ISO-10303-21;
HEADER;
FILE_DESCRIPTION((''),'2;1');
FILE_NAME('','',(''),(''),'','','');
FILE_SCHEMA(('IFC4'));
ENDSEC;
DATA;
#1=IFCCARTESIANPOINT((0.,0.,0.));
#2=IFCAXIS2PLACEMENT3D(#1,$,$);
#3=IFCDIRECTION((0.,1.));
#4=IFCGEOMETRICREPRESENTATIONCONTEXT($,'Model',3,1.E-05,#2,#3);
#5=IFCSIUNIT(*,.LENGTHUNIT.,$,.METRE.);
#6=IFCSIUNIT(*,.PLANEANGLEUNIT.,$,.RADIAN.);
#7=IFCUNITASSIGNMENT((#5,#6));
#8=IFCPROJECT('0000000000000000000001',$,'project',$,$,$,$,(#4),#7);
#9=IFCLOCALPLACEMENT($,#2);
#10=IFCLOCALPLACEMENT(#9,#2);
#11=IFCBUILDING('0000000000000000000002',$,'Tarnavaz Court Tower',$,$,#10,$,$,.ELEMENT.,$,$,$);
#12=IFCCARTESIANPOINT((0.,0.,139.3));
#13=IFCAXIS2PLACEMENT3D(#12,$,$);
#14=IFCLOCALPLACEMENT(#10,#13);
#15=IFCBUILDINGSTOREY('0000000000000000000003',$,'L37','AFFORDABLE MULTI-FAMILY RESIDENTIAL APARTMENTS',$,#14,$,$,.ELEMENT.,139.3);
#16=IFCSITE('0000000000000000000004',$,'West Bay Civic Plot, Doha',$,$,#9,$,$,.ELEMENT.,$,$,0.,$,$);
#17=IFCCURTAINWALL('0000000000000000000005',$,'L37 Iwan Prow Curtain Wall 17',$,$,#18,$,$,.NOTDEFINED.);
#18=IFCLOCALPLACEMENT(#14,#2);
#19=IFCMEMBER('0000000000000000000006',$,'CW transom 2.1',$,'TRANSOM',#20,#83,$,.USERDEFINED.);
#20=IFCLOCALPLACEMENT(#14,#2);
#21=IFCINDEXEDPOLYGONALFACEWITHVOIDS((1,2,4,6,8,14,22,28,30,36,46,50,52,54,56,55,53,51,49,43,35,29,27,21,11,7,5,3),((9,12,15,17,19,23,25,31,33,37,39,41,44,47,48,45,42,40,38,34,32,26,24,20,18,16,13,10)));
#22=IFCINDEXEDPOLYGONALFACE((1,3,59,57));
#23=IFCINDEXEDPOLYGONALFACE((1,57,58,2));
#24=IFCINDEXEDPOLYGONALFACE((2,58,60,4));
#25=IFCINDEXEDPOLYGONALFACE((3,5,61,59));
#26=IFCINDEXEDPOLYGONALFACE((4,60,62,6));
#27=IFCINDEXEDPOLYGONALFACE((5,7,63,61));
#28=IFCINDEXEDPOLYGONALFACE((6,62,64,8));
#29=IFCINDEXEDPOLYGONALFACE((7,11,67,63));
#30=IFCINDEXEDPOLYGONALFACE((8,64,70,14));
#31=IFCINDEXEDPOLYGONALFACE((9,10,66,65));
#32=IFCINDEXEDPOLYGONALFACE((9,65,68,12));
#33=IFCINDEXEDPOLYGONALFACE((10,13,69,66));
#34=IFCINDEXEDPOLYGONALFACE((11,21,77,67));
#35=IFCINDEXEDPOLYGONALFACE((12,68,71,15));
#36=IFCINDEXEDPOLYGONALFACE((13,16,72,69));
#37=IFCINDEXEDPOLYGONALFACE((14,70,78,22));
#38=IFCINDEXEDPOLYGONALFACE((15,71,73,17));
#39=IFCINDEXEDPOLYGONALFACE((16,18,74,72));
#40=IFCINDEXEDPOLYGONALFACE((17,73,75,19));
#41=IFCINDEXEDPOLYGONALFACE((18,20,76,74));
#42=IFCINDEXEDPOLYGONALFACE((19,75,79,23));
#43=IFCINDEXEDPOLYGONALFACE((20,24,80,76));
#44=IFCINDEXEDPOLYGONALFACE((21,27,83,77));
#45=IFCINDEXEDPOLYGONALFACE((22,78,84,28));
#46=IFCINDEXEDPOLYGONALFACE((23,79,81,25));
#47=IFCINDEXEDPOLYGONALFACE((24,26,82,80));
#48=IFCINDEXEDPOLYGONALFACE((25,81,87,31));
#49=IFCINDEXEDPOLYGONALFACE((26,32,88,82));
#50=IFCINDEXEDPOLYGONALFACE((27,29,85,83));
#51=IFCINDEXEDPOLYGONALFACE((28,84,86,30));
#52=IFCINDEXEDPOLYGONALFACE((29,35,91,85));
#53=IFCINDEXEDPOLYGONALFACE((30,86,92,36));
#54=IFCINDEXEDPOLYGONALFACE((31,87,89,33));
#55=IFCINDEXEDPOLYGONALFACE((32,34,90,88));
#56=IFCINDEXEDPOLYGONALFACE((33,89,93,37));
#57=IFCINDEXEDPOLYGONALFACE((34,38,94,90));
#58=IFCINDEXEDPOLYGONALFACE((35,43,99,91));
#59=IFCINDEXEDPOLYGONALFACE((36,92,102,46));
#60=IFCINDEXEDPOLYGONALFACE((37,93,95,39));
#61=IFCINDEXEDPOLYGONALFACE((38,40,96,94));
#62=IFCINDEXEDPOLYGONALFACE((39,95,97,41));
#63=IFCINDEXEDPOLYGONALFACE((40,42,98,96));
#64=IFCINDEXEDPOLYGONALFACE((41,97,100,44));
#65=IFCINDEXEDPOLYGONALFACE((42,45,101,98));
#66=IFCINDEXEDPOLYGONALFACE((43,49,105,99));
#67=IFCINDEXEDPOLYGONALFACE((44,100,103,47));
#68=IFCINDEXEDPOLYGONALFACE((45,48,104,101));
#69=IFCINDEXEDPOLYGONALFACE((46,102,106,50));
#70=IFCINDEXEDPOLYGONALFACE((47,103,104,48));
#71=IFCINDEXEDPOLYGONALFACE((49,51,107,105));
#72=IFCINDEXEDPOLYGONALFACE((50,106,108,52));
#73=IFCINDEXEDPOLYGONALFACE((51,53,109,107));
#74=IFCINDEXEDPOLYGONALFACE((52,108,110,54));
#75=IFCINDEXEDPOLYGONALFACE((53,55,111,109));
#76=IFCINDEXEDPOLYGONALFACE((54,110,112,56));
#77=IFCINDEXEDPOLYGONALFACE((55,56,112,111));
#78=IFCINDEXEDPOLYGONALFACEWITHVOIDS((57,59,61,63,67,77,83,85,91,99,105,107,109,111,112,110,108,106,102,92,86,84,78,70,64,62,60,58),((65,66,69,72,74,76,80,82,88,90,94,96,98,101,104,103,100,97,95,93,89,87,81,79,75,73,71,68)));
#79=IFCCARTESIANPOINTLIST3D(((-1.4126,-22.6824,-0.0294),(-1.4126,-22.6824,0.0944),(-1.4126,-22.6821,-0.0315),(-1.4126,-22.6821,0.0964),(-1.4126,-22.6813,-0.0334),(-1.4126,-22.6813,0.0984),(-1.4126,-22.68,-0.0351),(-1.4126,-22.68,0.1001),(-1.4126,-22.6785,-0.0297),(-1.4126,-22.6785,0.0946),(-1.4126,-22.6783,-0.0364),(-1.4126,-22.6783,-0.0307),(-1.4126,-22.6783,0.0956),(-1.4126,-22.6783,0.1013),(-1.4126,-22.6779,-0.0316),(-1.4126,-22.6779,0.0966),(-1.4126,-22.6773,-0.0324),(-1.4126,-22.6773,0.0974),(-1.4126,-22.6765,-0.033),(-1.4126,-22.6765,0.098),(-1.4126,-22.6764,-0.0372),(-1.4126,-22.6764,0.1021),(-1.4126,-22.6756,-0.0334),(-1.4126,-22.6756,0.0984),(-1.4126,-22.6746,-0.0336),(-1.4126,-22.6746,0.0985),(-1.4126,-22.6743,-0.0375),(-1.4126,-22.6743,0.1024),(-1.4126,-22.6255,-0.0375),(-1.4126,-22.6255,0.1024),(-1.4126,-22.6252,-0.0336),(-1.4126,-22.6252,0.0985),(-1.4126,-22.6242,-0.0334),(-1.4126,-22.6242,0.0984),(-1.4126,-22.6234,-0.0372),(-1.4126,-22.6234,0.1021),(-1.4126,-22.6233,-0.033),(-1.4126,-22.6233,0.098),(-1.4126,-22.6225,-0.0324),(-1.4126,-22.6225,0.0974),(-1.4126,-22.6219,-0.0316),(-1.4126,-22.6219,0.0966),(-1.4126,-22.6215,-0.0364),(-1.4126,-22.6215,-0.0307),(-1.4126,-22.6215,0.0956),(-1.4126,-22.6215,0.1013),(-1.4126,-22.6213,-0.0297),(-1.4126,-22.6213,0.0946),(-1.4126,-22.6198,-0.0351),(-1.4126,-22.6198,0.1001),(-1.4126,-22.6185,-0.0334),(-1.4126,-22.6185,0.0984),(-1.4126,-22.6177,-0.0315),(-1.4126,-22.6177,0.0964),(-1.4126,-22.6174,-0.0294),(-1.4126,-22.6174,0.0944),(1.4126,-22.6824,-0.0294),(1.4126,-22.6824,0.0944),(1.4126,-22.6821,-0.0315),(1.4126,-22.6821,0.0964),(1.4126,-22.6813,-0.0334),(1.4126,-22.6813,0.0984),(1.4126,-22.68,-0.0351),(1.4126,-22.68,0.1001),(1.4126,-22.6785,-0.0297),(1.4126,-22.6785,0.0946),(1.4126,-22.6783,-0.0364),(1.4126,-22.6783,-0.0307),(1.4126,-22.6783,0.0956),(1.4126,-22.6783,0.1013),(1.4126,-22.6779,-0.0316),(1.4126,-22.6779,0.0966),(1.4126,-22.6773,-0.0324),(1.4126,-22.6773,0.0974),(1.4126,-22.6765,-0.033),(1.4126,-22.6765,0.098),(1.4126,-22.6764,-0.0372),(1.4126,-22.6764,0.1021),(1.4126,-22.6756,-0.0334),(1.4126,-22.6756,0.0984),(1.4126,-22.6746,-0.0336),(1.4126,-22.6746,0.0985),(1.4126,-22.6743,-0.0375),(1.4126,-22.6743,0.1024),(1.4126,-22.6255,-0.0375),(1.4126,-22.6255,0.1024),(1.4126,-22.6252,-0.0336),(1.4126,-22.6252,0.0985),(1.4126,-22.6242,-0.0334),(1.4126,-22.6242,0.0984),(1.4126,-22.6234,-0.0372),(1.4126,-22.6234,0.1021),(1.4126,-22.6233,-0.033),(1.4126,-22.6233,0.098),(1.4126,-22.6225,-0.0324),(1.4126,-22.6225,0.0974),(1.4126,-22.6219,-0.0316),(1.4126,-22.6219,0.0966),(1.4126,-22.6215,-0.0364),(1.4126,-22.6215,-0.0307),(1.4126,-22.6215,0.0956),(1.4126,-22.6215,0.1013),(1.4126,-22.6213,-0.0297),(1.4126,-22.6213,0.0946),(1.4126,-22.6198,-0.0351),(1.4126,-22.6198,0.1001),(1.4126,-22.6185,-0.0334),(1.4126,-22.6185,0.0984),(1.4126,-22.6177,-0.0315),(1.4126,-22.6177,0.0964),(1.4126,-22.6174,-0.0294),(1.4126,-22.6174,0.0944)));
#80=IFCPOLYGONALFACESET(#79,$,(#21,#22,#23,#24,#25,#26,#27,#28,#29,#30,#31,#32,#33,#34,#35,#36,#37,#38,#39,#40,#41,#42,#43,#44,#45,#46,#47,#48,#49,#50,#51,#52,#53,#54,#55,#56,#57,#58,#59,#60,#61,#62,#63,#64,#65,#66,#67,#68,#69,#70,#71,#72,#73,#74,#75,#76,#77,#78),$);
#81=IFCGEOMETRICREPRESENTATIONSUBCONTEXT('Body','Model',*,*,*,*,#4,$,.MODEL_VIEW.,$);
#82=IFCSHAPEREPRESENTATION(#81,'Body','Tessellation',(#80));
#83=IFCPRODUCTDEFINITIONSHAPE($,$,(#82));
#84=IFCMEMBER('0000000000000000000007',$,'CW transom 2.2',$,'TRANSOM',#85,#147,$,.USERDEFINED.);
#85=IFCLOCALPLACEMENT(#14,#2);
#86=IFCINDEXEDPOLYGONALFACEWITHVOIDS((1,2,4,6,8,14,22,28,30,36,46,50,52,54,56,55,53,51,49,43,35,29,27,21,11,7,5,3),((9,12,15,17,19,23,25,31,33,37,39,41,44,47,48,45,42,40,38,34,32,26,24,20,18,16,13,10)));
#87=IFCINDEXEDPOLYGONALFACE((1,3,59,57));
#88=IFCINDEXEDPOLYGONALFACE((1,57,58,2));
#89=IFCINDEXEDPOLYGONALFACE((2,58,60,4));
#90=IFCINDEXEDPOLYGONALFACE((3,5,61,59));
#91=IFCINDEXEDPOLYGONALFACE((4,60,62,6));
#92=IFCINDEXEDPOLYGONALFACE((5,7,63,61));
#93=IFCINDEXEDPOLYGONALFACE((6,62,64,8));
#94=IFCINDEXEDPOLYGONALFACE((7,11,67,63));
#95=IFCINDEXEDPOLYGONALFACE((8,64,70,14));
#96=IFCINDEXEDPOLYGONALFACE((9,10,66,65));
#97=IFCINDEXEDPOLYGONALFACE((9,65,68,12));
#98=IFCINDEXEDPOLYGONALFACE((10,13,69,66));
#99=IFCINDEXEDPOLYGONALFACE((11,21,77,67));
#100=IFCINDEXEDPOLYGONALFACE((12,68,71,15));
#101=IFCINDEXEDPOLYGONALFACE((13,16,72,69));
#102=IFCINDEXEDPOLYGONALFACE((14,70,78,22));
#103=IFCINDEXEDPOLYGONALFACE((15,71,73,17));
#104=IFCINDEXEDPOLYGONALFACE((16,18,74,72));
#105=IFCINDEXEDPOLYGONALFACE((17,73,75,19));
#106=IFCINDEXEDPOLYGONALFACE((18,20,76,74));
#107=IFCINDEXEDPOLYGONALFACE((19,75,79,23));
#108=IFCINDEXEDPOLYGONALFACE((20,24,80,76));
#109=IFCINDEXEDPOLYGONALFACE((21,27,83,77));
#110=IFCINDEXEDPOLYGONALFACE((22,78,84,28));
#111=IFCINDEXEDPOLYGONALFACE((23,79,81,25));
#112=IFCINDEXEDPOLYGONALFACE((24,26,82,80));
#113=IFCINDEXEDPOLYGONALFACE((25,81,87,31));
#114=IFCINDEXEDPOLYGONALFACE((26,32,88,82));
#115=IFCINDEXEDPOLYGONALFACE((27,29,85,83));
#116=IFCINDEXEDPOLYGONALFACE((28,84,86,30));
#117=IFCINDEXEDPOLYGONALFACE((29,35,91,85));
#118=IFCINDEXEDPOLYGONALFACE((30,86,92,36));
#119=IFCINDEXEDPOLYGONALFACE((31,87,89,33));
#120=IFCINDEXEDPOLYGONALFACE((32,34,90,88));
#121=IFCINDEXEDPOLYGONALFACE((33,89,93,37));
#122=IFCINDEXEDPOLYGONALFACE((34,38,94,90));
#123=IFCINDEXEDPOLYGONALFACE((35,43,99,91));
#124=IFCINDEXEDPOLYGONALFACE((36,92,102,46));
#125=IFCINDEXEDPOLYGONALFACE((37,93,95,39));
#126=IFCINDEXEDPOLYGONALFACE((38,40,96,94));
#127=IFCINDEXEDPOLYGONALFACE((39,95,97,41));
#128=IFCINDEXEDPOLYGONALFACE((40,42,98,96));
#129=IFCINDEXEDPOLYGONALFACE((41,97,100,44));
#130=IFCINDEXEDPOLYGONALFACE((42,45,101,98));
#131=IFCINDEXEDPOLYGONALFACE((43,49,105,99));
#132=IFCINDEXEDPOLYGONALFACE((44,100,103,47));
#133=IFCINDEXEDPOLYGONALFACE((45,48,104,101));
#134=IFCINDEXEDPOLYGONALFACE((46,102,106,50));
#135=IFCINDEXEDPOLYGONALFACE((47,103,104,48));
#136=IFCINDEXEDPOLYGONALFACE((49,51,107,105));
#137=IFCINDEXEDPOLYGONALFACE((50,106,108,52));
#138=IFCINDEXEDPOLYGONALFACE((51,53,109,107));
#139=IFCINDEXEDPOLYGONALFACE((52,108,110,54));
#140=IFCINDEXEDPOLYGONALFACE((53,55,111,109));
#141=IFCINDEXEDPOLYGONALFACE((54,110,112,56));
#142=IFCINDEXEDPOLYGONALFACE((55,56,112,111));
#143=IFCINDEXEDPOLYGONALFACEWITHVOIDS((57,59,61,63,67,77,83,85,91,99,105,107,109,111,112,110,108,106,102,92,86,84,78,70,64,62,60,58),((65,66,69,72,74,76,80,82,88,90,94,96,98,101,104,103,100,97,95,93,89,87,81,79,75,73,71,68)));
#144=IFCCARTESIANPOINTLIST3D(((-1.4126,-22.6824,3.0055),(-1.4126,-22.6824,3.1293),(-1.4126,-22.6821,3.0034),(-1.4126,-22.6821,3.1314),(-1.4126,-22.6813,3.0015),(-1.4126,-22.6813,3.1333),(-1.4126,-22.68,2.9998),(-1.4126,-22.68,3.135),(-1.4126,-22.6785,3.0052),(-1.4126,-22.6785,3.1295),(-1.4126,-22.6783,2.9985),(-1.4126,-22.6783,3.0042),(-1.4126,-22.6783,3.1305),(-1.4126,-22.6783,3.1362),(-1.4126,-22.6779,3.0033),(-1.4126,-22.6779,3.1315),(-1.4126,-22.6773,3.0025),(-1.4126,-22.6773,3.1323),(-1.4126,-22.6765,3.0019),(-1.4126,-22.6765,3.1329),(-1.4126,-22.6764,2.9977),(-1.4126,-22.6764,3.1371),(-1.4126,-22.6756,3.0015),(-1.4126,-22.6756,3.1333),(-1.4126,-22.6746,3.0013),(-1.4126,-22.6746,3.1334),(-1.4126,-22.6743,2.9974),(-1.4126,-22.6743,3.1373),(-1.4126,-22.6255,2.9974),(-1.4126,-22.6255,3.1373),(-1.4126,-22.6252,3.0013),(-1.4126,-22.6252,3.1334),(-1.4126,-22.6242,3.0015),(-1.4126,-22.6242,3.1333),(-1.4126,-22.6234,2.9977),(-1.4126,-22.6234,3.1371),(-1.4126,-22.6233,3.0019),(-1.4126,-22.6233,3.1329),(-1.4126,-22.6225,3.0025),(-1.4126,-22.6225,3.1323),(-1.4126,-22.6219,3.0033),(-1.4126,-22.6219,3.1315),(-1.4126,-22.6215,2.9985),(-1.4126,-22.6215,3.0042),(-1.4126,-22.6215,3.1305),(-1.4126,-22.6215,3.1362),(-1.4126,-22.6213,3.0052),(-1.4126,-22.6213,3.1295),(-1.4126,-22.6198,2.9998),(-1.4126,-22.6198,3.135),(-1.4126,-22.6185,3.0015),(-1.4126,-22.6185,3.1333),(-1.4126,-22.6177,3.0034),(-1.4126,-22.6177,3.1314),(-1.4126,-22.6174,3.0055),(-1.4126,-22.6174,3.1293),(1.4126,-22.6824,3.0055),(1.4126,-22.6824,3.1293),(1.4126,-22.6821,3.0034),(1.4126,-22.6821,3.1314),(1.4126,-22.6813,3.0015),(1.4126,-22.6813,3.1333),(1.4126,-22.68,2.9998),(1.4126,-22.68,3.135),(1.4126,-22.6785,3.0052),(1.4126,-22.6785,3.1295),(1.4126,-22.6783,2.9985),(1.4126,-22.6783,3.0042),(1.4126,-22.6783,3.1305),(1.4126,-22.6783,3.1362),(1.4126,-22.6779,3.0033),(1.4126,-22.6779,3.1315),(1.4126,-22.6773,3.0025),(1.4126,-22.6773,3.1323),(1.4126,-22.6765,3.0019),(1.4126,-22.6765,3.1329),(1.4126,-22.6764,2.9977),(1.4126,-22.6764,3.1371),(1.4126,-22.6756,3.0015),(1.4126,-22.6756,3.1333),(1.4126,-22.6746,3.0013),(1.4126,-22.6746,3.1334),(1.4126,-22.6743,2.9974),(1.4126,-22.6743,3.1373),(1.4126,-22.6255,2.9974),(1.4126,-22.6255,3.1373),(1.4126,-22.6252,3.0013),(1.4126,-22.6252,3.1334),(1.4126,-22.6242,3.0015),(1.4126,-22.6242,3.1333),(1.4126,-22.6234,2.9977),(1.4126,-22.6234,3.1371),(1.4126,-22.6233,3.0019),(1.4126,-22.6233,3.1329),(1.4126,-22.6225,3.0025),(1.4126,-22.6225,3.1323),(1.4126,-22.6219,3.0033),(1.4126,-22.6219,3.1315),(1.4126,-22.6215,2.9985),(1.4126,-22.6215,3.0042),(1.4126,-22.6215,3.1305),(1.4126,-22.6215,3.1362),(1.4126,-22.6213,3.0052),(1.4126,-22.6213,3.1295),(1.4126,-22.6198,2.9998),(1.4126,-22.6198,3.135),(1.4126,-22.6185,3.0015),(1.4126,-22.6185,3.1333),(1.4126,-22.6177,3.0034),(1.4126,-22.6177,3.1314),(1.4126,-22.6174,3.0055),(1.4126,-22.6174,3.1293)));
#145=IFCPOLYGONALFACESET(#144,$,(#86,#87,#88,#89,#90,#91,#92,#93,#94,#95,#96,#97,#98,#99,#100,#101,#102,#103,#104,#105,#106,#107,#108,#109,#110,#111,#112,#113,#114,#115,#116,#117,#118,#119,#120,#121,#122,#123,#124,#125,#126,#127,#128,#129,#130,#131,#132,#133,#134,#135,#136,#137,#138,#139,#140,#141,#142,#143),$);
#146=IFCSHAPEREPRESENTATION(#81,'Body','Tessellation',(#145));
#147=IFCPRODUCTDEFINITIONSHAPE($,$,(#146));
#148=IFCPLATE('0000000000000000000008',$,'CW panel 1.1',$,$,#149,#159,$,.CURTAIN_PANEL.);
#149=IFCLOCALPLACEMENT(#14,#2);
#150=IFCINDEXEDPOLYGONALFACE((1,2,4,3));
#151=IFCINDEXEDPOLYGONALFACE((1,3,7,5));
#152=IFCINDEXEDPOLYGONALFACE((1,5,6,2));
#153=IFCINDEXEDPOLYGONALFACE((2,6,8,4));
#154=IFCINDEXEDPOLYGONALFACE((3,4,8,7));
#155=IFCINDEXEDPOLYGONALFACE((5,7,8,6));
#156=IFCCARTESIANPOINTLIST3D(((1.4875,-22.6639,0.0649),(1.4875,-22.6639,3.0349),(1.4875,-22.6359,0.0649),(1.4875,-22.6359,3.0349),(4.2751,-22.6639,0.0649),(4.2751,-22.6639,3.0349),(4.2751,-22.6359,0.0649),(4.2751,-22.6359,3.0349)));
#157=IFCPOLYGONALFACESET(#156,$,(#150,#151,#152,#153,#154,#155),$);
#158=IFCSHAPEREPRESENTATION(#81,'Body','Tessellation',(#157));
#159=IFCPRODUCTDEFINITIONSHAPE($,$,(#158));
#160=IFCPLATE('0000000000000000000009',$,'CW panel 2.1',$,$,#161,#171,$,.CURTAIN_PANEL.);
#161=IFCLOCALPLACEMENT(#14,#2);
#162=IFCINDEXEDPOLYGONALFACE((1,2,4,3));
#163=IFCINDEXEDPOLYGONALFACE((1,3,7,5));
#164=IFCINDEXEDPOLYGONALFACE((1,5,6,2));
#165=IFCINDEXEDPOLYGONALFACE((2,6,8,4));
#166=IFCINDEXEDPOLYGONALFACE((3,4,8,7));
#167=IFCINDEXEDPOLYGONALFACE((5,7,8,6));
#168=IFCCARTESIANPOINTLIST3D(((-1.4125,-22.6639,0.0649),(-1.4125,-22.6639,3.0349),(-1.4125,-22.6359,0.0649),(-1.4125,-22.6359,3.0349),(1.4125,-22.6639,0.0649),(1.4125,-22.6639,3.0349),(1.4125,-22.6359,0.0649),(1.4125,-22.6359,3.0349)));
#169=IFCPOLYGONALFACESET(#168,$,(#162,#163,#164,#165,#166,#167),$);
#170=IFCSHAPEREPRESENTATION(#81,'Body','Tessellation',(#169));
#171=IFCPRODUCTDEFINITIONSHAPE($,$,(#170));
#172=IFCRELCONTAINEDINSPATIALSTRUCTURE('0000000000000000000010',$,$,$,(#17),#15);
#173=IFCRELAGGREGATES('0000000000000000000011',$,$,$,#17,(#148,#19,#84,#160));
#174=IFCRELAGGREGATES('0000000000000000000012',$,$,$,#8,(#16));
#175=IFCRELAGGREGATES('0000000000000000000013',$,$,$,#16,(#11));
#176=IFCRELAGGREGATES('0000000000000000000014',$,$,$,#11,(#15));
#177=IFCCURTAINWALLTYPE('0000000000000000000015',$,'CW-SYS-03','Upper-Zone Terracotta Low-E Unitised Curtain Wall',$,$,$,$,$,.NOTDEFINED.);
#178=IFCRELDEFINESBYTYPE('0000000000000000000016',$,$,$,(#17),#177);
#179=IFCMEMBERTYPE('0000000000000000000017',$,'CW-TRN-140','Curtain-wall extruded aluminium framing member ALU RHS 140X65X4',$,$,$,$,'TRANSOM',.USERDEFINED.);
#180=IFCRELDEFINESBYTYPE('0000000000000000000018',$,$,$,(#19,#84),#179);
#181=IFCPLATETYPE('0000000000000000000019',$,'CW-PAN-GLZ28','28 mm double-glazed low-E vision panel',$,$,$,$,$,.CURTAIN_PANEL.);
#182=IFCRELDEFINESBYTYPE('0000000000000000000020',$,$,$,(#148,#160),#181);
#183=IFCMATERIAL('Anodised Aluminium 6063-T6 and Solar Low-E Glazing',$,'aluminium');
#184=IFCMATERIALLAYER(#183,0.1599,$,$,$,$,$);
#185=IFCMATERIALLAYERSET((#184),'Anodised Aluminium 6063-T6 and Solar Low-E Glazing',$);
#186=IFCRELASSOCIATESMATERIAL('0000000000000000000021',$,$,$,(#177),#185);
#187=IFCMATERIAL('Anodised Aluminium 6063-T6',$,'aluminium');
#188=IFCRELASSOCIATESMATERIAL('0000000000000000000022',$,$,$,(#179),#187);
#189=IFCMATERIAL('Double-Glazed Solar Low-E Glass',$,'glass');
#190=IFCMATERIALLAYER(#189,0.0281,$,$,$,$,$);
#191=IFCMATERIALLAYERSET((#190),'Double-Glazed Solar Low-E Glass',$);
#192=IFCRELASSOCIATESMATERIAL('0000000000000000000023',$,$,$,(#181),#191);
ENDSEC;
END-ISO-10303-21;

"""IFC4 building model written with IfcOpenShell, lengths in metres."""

from ifc_helpers import new_model, si_unit, direction, frame, origin, origin_2d, place, context, subcontext, project, spatial, rectangle, hollow_rectangle, extrude, material, layer, layer_set, material_profile, profile_set, type_object, element, aggregate, save


model = new_model("IFC4")

# Units and contexts
model_context = context("Model", 3, precision=1e-05, world=origin(), true_north=direction((0.0, 1.0)))
body_context = subcontext(model_context, "Body", "Model", "MODEL_VIEW")
ifc_project = project(units=[si_unit("LENGTHUNIT", "METRE"), si_unit("PLANEANGLEUNIT", "RADIAN")], contexts=[model_context])

# Site, building, storey
site_placement = place(None, origin())
site = spatial("IfcSite", under=ifc_project, at=site_placement, Name="West Bay Civic Plot, Doha", CompositionType="ELEMENT", RefElevation=0.0)
building_placement = place(site_placement, origin())
building = spatial("IfcBuilding", under=site, at=building_placement, Name="Tarnavaz Court Tower", CompositionType="ELEMENT")
storey_placement = place(building_placement, frame((0.0, 0.0, 139.3)))
storey = spatial("IfcBuildingStorey", under=building, at=storey_placement, Name="L37", Description="AFFORDABLE MULTI-FAMILY RESIDENTIAL APARTMENTS", CompositionType="ELEMENT", Elevation=139.3)

# Curtain wall, members, plates
ifc_material_1 = material(Name="Anodised Aluminium 6063-T6 and Solar Low-E Glazing", Category="aluminium")
ifc_layer_1 = layer(ifc_material_1, 0.1599)
ifc_layer_set_1 = layer_set([ifc_layer_1], Name="Anodised Aluminium 6063-T6 and Solar Low-E Glazing")
curtain_wall_type = type_object("IfcCurtainWallType", Name="CW-SYS-03", Description="Upper-Zone Terracotta Low-E Unitised Curtain Wall", PredefinedType="NOTDEFINED", material=ifc_layer_set_1)
curtain_wall_placement = place(storey_placement, origin())
curtain_wall = element("IfcCurtainWall", 1, at=curtain_wall_placement, inside=storey, type_object=curtain_wall_type, Name="L37 Iwan Prow Curtain Wall 17", PredefinedType="NOTDEFINED")
ifc_material_2 = material(Name="Anodised Aluminium 6063-T6", Category="aluminium")
ifc_material_profile_1 = material_profile(ifc_material_2, hollow_rectangle(XDim=0.0649, YDim=0.1399, WallThickness=0.0039, InnerFilletRadius=0.0039, OuterFilletRadius=0.0081, at=origin_2d()), Name="ALU RHS 140X65X4")
ifc_profile_set_1 = profile_set([ifc_material_profile_1], Name="Anodised Aluminium 6063-T6")
member_type_1 = type_object("IfcMemberType", Name="CW-TRN-140", Description="Curtain-wall extruded aluminium framing member ALU RHS 140X65X4", ElementType="TRANSOM", PredefinedType="USERDEFINED", material=ifc_profile_set_1)
member_1_placement = place(storey_placement, frame((1.4126, -22.6499, 0.0325), z_axis=(-1.0, 0.0, 0.0), x_axis=(0.0, -1.0, 0.0)))
member_1 = element("IfcMember", 2, at=member_1_placement, type_object=member_type_1, Name="CW transom 2.1", ObjectType="TRANSOM", PredefinedType="USERDEFINED", context=body_context, shape_type="SweptSolid", body=[
    extrude(hollow_rectangle(XDim=0.0649, YDim=0.1399, WallThickness=0.0039, InnerFilletRadius=0.0039, OuterFilletRadius=0.0081, at=origin_2d()), origin(), (0.0, 0.0, 1.0), 2.8252),
])
member_2_placement = place(storey_placement, frame((1.4126, -22.6499, 3.0674), z_axis=(-1.0, 0.0, 0.0), x_axis=(0.0, -1.0, 0.0)))
member_2 = element("IfcMember", 3, at=member_2_placement, type_object=member_type_1, Name="CW transom 2.2", ObjectType="TRANSOM", PredefinedType="USERDEFINED", context=body_context, shape_type="SweptSolid", body=[
    extrude(hollow_rectangle(XDim=0.0649, YDim=0.1399, WallThickness=0.0039, InnerFilletRadius=0.0039, OuterFilletRadius=0.0081, at=origin_2d()), origin(), (0.0, 0.0, 1.0), 2.8252),
])
ifc_material_3 = material(Name="Double-Glazed Solar Low-E Glass", Category="glass")
ifc_layer_2 = layer(ifc_material_3, 0.0281)
ifc_layer_set_2 = layer_set([ifc_layer_2], Name="Double-Glazed Solar Low-E Glass")
plate_type = type_object("IfcPlateType", Name="CW-PAN-GLZ28", Description="28 mm double-glazed low-E vision panel", PredefinedType="CURTAIN_PANEL", material=ifc_layer_set_2)
plate_1_placement = place(storey_placement, frame((2.8813, -22.6499, 0.0649), z_axis=(0.0, 0.0, 1.0), x_axis=(-1.0, 0.0, 0.0)))
plate_1 = element("IfcPlate", 4, at=plate_1_placement, type_object=plate_type, Name="CW panel 1.1", PredefinedType="CURTAIN_PANEL", context=body_context, shape_type="SweptSolid", body=[
    extrude(rectangle(XDim=2.7876, YDim=0.0281, at=origin_2d()), origin(), (0.0, 0.0, 1.0), 2.97),
])
plate_2_placement = place(storey_placement, frame((0.0, -22.6499, 0.0649), z_axis=(0.0, 0.0, 1.0), x_axis=(-1.0, 0.0, 0.0)))
plate_2 = element("IfcPlate", 5, at=plate_2_placement, type_object=plate_type, Name="CW panel 2.1", PredefinedType="CURTAIN_PANEL", context=body_context, shape_type="SweptSolid", body=[
    extrude(rectangle(XDim=2.825, YDim=0.0281, at=origin_2d()), origin(), (0.0, 0.0, 1.0), 2.97),
])
aggregate(curtain_wall, [plate_1, member_1, member_2, plate_2])

save(model, "model.ifc")
